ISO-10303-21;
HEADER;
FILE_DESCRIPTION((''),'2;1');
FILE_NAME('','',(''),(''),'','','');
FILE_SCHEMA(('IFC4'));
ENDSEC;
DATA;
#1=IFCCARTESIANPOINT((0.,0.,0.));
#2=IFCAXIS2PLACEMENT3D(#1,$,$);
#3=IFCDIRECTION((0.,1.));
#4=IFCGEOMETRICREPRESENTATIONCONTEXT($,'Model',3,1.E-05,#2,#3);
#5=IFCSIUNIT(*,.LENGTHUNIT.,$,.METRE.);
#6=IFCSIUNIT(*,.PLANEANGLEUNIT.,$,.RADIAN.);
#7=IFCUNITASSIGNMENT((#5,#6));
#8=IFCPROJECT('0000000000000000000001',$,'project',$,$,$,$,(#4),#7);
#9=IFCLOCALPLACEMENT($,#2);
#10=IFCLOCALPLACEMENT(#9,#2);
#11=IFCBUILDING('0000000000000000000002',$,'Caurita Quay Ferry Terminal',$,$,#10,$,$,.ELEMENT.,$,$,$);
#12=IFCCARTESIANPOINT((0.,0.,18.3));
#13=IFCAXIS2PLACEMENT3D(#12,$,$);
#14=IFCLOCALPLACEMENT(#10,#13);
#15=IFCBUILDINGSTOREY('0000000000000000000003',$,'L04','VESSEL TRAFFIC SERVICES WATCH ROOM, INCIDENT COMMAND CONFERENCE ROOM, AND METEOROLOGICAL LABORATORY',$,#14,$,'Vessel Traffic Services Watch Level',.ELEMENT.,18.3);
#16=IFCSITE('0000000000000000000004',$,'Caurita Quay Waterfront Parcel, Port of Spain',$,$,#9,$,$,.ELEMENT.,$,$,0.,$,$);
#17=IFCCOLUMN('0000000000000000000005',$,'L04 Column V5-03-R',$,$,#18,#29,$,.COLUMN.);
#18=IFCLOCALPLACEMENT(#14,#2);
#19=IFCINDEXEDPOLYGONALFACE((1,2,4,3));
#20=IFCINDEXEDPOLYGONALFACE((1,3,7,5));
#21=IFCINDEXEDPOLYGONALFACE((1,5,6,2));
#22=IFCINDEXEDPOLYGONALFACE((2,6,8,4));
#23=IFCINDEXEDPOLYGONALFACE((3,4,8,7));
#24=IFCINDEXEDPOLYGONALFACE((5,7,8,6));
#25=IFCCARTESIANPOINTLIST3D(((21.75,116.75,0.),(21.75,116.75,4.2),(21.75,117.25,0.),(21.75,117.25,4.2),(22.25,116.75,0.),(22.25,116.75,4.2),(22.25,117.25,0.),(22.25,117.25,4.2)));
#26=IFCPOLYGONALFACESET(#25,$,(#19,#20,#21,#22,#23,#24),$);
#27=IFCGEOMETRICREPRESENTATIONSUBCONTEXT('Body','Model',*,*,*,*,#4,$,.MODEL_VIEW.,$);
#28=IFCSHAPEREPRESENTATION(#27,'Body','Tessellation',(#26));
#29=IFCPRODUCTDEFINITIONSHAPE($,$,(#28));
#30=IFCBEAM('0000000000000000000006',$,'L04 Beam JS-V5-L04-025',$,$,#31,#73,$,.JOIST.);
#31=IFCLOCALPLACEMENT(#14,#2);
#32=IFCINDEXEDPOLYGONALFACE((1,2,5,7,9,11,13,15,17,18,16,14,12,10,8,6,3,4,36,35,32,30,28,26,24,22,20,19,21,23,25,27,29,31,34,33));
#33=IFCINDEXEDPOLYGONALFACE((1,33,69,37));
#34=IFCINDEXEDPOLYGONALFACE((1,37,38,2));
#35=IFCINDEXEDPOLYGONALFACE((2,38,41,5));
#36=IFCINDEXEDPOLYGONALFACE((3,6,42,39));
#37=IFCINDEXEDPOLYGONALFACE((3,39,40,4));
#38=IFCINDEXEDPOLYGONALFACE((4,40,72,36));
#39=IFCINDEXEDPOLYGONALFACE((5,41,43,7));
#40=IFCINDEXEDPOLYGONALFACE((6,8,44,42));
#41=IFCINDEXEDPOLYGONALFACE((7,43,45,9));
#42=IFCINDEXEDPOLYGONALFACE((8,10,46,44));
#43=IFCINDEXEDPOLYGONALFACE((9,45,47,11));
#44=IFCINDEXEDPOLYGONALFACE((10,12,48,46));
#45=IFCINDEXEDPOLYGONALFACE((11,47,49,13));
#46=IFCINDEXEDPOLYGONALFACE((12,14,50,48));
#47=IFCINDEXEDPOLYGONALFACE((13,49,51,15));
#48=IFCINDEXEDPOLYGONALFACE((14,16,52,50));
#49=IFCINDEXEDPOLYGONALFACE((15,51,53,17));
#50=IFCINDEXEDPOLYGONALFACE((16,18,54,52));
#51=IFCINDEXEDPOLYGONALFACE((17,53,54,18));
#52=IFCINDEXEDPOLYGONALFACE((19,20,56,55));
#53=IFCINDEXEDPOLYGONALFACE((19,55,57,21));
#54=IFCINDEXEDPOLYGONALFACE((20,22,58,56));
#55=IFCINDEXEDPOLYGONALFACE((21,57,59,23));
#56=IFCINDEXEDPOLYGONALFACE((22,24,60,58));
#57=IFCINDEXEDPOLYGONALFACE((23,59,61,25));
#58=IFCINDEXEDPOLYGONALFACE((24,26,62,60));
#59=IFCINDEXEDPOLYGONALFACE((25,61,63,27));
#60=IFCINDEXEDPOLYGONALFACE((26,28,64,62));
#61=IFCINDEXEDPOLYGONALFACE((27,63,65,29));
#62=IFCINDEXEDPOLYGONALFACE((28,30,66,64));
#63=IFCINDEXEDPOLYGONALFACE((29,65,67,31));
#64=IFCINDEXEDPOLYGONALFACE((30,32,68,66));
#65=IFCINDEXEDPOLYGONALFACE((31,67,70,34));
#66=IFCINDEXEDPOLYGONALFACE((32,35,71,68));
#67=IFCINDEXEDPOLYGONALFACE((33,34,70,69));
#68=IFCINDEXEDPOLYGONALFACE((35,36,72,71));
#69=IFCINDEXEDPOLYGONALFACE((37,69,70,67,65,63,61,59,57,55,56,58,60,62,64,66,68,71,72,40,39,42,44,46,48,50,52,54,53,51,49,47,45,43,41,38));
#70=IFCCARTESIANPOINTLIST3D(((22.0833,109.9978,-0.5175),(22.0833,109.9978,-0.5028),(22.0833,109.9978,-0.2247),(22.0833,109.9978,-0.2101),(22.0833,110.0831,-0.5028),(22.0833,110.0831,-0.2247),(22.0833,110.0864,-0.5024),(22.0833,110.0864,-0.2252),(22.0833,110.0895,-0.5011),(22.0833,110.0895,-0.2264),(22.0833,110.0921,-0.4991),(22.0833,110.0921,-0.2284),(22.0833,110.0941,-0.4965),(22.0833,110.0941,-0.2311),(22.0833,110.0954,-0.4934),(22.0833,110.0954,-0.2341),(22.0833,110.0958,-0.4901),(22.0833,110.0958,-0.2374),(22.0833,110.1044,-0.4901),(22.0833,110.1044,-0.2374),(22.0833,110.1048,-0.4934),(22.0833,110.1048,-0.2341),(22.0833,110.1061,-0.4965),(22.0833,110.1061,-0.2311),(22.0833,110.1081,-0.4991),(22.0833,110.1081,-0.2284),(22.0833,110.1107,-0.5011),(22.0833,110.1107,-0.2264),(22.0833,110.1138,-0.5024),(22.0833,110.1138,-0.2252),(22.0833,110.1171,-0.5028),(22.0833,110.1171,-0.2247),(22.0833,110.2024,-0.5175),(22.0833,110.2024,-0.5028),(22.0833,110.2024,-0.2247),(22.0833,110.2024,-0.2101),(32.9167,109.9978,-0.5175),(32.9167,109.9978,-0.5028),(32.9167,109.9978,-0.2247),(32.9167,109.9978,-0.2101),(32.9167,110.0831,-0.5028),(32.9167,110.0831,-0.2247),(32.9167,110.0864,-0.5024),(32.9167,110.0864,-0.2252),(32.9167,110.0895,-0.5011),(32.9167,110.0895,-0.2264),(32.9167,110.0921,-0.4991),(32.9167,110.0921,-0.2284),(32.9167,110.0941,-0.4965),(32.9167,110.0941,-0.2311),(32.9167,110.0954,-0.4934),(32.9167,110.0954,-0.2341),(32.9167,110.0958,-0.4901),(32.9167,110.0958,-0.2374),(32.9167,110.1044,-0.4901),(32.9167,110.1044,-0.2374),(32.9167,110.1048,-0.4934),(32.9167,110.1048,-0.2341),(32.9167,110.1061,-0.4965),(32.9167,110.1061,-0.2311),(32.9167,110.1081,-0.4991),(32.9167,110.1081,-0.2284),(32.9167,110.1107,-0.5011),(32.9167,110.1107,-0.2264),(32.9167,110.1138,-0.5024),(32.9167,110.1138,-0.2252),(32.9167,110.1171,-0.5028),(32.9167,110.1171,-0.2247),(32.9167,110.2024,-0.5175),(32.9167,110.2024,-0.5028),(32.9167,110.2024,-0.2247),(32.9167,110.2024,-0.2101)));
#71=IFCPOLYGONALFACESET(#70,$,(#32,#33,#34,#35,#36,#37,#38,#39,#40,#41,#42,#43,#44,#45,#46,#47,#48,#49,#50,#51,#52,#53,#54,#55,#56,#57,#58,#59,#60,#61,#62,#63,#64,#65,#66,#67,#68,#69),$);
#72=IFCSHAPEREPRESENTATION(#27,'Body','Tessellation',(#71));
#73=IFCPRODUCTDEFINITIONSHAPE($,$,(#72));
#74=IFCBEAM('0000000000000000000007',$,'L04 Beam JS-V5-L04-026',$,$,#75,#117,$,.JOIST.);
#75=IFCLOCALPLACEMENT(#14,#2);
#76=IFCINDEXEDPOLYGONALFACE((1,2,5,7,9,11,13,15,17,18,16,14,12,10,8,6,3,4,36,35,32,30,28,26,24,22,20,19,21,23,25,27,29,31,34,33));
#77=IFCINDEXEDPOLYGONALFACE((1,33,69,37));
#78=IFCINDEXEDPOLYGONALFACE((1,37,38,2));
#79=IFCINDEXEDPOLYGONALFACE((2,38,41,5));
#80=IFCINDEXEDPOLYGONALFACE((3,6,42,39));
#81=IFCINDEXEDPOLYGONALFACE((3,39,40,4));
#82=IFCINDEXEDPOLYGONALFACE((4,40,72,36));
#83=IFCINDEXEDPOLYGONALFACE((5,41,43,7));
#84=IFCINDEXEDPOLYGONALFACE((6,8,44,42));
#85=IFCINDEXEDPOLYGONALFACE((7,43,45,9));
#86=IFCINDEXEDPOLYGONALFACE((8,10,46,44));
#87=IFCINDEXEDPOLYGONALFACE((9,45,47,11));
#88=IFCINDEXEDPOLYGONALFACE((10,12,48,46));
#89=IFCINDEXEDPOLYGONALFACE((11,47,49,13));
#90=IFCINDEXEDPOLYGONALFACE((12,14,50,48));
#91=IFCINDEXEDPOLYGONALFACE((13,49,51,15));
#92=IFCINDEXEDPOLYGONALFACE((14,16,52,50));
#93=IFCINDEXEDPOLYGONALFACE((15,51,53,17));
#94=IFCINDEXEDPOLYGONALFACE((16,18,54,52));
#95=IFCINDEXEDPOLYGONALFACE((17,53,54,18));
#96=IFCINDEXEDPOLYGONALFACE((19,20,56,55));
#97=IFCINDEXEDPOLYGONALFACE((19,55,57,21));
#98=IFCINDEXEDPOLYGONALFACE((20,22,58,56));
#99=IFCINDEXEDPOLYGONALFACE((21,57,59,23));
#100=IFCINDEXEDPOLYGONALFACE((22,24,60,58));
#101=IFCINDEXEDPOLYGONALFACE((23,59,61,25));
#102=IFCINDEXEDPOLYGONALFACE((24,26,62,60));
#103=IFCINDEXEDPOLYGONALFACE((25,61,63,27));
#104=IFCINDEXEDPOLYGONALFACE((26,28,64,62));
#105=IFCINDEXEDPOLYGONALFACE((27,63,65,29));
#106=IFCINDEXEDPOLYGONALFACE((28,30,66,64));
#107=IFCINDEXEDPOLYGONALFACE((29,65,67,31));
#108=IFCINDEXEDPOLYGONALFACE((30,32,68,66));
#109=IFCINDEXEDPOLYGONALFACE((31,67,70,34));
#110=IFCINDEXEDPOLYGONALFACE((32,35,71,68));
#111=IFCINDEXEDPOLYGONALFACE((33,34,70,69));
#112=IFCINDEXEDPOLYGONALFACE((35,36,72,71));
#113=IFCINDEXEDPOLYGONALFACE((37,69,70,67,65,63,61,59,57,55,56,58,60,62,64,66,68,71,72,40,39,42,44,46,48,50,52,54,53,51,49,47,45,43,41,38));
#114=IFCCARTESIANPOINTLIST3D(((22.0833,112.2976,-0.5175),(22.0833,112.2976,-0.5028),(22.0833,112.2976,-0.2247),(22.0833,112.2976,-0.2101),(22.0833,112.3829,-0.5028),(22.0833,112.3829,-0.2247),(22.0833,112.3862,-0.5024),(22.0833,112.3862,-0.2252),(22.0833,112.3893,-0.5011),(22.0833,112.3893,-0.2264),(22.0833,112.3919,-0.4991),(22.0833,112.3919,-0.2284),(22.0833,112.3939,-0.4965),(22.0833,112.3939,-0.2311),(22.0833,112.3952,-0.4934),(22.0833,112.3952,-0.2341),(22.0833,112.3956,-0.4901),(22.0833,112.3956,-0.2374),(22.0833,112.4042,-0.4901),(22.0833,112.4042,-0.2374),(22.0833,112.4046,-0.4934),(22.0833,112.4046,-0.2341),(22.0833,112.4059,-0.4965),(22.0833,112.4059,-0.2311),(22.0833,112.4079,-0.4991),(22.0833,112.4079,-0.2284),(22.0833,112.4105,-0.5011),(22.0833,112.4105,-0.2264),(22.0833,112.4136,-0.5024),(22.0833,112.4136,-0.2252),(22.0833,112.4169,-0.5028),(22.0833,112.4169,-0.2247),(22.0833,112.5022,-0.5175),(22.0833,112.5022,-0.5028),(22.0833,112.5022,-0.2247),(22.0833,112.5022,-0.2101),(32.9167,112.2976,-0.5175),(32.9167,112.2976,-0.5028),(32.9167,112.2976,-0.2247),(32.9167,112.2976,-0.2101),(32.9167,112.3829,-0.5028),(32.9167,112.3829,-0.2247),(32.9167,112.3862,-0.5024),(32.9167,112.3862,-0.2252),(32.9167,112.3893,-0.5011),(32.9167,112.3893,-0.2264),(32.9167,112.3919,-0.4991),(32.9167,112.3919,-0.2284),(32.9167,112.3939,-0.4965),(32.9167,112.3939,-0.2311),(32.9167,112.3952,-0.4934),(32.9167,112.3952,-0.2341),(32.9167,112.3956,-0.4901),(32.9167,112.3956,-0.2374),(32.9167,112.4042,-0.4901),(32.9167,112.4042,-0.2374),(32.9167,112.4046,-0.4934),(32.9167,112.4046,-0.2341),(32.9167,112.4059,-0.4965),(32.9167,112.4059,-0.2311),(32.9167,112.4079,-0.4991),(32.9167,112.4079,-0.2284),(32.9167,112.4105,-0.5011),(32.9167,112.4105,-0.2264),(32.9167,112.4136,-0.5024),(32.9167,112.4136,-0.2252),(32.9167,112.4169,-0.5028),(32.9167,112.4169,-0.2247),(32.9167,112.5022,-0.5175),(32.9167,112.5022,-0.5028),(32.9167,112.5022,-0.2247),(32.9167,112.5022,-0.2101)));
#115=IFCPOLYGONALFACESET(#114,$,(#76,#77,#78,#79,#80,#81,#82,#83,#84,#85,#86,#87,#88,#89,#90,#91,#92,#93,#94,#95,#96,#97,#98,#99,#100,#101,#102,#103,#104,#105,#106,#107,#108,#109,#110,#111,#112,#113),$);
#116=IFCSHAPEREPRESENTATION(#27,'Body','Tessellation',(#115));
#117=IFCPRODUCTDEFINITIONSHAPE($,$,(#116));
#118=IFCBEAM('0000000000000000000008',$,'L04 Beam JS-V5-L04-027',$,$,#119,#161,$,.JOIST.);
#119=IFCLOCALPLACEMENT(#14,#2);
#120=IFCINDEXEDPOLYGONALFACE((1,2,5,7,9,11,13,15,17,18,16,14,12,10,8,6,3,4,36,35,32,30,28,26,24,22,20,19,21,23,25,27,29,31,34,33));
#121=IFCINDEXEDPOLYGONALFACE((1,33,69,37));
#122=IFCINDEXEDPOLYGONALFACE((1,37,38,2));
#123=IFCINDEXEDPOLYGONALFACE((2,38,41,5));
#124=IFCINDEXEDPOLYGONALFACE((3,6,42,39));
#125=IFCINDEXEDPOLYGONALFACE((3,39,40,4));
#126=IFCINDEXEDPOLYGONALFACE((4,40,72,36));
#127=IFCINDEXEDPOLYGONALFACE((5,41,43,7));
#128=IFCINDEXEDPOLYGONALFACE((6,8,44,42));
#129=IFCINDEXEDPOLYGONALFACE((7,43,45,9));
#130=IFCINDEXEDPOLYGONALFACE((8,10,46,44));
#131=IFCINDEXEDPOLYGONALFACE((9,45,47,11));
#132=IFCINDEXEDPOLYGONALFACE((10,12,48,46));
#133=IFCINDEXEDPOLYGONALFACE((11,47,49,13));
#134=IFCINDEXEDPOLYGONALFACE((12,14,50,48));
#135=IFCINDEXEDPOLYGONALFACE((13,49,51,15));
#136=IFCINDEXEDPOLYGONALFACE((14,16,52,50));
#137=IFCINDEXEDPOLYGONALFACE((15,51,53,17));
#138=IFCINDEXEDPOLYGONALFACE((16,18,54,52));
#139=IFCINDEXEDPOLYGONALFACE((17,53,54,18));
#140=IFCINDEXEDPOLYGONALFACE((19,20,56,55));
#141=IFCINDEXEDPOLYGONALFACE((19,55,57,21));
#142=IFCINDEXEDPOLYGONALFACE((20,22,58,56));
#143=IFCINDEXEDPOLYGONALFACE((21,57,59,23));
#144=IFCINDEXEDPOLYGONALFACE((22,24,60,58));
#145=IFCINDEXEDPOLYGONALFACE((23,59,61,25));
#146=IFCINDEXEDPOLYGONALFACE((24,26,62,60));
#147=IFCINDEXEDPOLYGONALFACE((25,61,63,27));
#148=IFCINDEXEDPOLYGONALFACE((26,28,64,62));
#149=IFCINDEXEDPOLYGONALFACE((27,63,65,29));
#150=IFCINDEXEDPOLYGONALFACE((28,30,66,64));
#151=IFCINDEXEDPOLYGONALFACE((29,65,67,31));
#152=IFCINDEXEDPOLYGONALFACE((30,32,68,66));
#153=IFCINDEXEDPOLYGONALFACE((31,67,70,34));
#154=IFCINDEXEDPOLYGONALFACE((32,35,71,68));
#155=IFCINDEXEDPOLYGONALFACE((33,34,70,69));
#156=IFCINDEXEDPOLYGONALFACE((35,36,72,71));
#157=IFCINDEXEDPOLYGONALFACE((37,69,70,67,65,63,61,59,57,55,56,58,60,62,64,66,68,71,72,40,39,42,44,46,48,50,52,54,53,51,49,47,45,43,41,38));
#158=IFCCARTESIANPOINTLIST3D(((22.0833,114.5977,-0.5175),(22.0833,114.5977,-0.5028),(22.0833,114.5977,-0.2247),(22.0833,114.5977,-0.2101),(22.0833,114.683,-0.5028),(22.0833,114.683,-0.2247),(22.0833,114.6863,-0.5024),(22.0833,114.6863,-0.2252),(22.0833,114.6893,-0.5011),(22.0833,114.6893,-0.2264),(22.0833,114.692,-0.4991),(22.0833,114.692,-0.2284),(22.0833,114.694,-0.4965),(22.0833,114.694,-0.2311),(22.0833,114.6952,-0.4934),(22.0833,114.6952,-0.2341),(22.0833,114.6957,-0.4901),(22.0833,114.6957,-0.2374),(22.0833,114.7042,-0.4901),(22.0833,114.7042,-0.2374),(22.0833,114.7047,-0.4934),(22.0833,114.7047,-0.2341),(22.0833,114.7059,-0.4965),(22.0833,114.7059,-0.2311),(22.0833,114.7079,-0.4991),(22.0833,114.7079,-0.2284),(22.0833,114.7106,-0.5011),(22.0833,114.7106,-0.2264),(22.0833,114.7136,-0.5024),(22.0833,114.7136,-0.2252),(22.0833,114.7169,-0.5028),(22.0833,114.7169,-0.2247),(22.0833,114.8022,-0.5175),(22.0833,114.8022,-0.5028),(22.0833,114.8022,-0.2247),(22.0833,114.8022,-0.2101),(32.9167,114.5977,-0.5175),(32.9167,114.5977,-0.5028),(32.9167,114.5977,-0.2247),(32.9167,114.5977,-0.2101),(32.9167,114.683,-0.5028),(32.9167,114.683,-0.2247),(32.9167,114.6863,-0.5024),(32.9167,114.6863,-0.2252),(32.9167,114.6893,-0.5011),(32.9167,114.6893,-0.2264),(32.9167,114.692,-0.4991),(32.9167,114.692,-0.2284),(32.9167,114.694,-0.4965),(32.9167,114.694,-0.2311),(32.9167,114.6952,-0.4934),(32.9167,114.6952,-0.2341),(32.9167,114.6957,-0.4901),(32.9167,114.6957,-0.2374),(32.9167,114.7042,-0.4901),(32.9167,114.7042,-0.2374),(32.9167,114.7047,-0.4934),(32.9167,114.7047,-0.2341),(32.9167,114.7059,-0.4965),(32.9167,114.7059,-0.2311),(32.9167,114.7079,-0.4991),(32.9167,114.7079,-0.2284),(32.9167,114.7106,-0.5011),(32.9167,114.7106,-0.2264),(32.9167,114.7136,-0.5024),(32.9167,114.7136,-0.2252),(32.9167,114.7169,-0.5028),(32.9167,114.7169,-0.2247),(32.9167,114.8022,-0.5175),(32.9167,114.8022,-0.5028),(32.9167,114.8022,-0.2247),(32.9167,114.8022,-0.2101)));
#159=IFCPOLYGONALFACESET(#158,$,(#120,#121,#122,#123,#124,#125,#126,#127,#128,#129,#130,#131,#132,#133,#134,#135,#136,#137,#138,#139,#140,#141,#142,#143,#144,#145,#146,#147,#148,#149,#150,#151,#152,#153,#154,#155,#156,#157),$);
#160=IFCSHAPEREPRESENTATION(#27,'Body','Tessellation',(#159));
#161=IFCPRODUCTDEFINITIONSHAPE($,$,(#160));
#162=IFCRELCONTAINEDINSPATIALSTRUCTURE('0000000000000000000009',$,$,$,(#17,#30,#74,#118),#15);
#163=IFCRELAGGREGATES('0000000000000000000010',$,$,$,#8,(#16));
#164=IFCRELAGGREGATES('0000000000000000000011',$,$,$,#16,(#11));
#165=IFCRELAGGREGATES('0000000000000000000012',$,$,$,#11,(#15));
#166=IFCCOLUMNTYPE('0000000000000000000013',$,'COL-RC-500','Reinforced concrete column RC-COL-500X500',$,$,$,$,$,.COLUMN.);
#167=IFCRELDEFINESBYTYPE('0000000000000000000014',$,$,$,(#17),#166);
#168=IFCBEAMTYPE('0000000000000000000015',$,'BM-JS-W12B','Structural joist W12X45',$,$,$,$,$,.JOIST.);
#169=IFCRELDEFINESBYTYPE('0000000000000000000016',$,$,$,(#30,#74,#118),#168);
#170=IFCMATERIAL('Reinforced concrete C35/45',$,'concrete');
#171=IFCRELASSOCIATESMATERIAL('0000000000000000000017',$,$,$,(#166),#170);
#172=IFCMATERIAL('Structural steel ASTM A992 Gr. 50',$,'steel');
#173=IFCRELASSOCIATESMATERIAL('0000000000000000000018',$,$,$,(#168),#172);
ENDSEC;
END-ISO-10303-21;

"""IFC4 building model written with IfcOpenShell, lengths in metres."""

from ifc_helpers import new_model, si_unit, direction, frame, origin, origin_2d, place, context, subcontext, project, spatial, rectangle, i_section, extrude, material, material_profile, profile_set, type_object, element, save


model = new_model("IFC4")

# Units and contexts
model_context = context("Model", 3, precision=1e-05, world=origin(), true_north=direction((0.0, 1.0)))
body_context = subcontext(model_context, "Body", "Model", "MODEL_VIEW")
ifc_project = project(units=[si_unit("LENGTHUNIT", "METRE"), si_unit("PLANEANGLEUNIT", "RADIAN")], contexts=[model_context])

# Site, building, storey
site_placement = place(None, origin())
site = spatial("IfcSite", under=ifc_project, at=site_placement, Name="Caurita Quay Waterfront Parcel, Port of Spain", CompositionType="ELEMENT", RefElevation=0.0)
building_placement = place(site_placement, origin())
building = spatial("IfcBuilding", under=site, at=building_placement, Name="Caurita Quay Ferry Terminal", CompositionType="ELEMENT")
storey_placement = place(building_placement, frame((0.0, 0.0, 18.3)))
storey = spatial("IfcBuildingStorey", under=building, at=storey_placement, Name="L04", Description="VESSEL TRAFFIC SERVICES WATCH ROOM, INCIDENT COMMAND CONFERENCE ROOM, AND METEOROLOGICAL LABORATORY", LongName="Vessel Traffic Services Watch Level", CompositionType="ELEMENT", Elevation=18.3)

# Column
ifc_material_1 = material(Name="Reinforced concrete C35/45", Category="concrete")
ifc_material_profile_1 = material_profile(ifc_material_1, rectangle(XDim=0.5, YDim=0.5, at=origin_2d()), Name="RC-COL-500X500")
ifc_profile_set_1 = profile_set([ifc_material_profile_1], Name="Reinforced concrete C35/45")
column_type = type_object("IfcColumnType", Name="COL-RC-500", Description="Reinforced concrete column RC-COL-500X500", PredefinedType="COLUMN", material=ifc_profile_set_1)
column_placement = place(storey_placement, frame((22.0, 117.0, 0.0), z_axis=(0.0, 0.0, 1.0), x_axis=(1.0, 0.0, 0.0)))
element("IfcColumn", 1, at=column_placement, inside=storey, type_object=column_type, Name="L04 Column V5-03-R", PredefinedType="COLUMN", context=body_context, shape_type="SweptSolid", body=[
    extrude(rectangle(XDim=0.5, YDim=0.5, at=origin_2d()), origin(), (0.0, 0.0, 1.0), 4.2),
])

# Beams
ifc_material_2 = material(Name="Structural steel ASTM A992 Gr. 50", Category="steel")
ifc_material_profile_2 = material_profile(ifc_material_2, i_section(OverallWidth=0.2046, OverallDepth=0.3074, WebThickness=0.0085, FlangeThickness=0.0146, FilletRadius=0.0127, at=origin_2d()), Name="W12X45")
ifc_profile_set_2 = profile_set([ifc_material_profile_2], Name="Structural steel ASTM A992 Gr. 50")
beam_type_1 = type_object("IfcBeamType", Name="BM-JS-W12B", Description="Structural joist W12X45", PredefinedType="JOIST", material=ifc_profile_set_2)
for number, where, z_axis, x_axis, name in (
    (2, (22.0833, 110.1001, -0.3638), (1.0, 0.0, 0.0), (0.0, 1.0, 0.0), "L04 Beam JS-V5-L04-025"),
    (3, (22.0833, 112.3999, -0.3638), (1.0, 0.0, 0.0), (0.0, 1.0, 0.0), "L04 Beam JS-V5-L04-026"),
    (4, (22.0833, 114.7, -0.3638), (1.0, 0.0, 0.0), (0.0, 1.0, 0.0), "L04 Beam JS-V5-L04-027"),
):
    element("IfcBeam", number, at=place(storey_placement, frame(where, z_axis=z_axis, x_axis=x_axis)), inside=storey, type_object=beam_type_1, Name=name, PredefinedType="JOIST", context=body_context, shape_type="SweptSolid", body=[
        extrude(i_section(OverallWidth=0.2046, OverallDepth=0.3074, WebThickness=0.0085, FlangeThickness=0.0146, FilletRadius=0.0127, at=origin_2d()), origin(), (0.0, 0.0, 1.0), 10.8335),
    ])

save(model, "model.ifc")
